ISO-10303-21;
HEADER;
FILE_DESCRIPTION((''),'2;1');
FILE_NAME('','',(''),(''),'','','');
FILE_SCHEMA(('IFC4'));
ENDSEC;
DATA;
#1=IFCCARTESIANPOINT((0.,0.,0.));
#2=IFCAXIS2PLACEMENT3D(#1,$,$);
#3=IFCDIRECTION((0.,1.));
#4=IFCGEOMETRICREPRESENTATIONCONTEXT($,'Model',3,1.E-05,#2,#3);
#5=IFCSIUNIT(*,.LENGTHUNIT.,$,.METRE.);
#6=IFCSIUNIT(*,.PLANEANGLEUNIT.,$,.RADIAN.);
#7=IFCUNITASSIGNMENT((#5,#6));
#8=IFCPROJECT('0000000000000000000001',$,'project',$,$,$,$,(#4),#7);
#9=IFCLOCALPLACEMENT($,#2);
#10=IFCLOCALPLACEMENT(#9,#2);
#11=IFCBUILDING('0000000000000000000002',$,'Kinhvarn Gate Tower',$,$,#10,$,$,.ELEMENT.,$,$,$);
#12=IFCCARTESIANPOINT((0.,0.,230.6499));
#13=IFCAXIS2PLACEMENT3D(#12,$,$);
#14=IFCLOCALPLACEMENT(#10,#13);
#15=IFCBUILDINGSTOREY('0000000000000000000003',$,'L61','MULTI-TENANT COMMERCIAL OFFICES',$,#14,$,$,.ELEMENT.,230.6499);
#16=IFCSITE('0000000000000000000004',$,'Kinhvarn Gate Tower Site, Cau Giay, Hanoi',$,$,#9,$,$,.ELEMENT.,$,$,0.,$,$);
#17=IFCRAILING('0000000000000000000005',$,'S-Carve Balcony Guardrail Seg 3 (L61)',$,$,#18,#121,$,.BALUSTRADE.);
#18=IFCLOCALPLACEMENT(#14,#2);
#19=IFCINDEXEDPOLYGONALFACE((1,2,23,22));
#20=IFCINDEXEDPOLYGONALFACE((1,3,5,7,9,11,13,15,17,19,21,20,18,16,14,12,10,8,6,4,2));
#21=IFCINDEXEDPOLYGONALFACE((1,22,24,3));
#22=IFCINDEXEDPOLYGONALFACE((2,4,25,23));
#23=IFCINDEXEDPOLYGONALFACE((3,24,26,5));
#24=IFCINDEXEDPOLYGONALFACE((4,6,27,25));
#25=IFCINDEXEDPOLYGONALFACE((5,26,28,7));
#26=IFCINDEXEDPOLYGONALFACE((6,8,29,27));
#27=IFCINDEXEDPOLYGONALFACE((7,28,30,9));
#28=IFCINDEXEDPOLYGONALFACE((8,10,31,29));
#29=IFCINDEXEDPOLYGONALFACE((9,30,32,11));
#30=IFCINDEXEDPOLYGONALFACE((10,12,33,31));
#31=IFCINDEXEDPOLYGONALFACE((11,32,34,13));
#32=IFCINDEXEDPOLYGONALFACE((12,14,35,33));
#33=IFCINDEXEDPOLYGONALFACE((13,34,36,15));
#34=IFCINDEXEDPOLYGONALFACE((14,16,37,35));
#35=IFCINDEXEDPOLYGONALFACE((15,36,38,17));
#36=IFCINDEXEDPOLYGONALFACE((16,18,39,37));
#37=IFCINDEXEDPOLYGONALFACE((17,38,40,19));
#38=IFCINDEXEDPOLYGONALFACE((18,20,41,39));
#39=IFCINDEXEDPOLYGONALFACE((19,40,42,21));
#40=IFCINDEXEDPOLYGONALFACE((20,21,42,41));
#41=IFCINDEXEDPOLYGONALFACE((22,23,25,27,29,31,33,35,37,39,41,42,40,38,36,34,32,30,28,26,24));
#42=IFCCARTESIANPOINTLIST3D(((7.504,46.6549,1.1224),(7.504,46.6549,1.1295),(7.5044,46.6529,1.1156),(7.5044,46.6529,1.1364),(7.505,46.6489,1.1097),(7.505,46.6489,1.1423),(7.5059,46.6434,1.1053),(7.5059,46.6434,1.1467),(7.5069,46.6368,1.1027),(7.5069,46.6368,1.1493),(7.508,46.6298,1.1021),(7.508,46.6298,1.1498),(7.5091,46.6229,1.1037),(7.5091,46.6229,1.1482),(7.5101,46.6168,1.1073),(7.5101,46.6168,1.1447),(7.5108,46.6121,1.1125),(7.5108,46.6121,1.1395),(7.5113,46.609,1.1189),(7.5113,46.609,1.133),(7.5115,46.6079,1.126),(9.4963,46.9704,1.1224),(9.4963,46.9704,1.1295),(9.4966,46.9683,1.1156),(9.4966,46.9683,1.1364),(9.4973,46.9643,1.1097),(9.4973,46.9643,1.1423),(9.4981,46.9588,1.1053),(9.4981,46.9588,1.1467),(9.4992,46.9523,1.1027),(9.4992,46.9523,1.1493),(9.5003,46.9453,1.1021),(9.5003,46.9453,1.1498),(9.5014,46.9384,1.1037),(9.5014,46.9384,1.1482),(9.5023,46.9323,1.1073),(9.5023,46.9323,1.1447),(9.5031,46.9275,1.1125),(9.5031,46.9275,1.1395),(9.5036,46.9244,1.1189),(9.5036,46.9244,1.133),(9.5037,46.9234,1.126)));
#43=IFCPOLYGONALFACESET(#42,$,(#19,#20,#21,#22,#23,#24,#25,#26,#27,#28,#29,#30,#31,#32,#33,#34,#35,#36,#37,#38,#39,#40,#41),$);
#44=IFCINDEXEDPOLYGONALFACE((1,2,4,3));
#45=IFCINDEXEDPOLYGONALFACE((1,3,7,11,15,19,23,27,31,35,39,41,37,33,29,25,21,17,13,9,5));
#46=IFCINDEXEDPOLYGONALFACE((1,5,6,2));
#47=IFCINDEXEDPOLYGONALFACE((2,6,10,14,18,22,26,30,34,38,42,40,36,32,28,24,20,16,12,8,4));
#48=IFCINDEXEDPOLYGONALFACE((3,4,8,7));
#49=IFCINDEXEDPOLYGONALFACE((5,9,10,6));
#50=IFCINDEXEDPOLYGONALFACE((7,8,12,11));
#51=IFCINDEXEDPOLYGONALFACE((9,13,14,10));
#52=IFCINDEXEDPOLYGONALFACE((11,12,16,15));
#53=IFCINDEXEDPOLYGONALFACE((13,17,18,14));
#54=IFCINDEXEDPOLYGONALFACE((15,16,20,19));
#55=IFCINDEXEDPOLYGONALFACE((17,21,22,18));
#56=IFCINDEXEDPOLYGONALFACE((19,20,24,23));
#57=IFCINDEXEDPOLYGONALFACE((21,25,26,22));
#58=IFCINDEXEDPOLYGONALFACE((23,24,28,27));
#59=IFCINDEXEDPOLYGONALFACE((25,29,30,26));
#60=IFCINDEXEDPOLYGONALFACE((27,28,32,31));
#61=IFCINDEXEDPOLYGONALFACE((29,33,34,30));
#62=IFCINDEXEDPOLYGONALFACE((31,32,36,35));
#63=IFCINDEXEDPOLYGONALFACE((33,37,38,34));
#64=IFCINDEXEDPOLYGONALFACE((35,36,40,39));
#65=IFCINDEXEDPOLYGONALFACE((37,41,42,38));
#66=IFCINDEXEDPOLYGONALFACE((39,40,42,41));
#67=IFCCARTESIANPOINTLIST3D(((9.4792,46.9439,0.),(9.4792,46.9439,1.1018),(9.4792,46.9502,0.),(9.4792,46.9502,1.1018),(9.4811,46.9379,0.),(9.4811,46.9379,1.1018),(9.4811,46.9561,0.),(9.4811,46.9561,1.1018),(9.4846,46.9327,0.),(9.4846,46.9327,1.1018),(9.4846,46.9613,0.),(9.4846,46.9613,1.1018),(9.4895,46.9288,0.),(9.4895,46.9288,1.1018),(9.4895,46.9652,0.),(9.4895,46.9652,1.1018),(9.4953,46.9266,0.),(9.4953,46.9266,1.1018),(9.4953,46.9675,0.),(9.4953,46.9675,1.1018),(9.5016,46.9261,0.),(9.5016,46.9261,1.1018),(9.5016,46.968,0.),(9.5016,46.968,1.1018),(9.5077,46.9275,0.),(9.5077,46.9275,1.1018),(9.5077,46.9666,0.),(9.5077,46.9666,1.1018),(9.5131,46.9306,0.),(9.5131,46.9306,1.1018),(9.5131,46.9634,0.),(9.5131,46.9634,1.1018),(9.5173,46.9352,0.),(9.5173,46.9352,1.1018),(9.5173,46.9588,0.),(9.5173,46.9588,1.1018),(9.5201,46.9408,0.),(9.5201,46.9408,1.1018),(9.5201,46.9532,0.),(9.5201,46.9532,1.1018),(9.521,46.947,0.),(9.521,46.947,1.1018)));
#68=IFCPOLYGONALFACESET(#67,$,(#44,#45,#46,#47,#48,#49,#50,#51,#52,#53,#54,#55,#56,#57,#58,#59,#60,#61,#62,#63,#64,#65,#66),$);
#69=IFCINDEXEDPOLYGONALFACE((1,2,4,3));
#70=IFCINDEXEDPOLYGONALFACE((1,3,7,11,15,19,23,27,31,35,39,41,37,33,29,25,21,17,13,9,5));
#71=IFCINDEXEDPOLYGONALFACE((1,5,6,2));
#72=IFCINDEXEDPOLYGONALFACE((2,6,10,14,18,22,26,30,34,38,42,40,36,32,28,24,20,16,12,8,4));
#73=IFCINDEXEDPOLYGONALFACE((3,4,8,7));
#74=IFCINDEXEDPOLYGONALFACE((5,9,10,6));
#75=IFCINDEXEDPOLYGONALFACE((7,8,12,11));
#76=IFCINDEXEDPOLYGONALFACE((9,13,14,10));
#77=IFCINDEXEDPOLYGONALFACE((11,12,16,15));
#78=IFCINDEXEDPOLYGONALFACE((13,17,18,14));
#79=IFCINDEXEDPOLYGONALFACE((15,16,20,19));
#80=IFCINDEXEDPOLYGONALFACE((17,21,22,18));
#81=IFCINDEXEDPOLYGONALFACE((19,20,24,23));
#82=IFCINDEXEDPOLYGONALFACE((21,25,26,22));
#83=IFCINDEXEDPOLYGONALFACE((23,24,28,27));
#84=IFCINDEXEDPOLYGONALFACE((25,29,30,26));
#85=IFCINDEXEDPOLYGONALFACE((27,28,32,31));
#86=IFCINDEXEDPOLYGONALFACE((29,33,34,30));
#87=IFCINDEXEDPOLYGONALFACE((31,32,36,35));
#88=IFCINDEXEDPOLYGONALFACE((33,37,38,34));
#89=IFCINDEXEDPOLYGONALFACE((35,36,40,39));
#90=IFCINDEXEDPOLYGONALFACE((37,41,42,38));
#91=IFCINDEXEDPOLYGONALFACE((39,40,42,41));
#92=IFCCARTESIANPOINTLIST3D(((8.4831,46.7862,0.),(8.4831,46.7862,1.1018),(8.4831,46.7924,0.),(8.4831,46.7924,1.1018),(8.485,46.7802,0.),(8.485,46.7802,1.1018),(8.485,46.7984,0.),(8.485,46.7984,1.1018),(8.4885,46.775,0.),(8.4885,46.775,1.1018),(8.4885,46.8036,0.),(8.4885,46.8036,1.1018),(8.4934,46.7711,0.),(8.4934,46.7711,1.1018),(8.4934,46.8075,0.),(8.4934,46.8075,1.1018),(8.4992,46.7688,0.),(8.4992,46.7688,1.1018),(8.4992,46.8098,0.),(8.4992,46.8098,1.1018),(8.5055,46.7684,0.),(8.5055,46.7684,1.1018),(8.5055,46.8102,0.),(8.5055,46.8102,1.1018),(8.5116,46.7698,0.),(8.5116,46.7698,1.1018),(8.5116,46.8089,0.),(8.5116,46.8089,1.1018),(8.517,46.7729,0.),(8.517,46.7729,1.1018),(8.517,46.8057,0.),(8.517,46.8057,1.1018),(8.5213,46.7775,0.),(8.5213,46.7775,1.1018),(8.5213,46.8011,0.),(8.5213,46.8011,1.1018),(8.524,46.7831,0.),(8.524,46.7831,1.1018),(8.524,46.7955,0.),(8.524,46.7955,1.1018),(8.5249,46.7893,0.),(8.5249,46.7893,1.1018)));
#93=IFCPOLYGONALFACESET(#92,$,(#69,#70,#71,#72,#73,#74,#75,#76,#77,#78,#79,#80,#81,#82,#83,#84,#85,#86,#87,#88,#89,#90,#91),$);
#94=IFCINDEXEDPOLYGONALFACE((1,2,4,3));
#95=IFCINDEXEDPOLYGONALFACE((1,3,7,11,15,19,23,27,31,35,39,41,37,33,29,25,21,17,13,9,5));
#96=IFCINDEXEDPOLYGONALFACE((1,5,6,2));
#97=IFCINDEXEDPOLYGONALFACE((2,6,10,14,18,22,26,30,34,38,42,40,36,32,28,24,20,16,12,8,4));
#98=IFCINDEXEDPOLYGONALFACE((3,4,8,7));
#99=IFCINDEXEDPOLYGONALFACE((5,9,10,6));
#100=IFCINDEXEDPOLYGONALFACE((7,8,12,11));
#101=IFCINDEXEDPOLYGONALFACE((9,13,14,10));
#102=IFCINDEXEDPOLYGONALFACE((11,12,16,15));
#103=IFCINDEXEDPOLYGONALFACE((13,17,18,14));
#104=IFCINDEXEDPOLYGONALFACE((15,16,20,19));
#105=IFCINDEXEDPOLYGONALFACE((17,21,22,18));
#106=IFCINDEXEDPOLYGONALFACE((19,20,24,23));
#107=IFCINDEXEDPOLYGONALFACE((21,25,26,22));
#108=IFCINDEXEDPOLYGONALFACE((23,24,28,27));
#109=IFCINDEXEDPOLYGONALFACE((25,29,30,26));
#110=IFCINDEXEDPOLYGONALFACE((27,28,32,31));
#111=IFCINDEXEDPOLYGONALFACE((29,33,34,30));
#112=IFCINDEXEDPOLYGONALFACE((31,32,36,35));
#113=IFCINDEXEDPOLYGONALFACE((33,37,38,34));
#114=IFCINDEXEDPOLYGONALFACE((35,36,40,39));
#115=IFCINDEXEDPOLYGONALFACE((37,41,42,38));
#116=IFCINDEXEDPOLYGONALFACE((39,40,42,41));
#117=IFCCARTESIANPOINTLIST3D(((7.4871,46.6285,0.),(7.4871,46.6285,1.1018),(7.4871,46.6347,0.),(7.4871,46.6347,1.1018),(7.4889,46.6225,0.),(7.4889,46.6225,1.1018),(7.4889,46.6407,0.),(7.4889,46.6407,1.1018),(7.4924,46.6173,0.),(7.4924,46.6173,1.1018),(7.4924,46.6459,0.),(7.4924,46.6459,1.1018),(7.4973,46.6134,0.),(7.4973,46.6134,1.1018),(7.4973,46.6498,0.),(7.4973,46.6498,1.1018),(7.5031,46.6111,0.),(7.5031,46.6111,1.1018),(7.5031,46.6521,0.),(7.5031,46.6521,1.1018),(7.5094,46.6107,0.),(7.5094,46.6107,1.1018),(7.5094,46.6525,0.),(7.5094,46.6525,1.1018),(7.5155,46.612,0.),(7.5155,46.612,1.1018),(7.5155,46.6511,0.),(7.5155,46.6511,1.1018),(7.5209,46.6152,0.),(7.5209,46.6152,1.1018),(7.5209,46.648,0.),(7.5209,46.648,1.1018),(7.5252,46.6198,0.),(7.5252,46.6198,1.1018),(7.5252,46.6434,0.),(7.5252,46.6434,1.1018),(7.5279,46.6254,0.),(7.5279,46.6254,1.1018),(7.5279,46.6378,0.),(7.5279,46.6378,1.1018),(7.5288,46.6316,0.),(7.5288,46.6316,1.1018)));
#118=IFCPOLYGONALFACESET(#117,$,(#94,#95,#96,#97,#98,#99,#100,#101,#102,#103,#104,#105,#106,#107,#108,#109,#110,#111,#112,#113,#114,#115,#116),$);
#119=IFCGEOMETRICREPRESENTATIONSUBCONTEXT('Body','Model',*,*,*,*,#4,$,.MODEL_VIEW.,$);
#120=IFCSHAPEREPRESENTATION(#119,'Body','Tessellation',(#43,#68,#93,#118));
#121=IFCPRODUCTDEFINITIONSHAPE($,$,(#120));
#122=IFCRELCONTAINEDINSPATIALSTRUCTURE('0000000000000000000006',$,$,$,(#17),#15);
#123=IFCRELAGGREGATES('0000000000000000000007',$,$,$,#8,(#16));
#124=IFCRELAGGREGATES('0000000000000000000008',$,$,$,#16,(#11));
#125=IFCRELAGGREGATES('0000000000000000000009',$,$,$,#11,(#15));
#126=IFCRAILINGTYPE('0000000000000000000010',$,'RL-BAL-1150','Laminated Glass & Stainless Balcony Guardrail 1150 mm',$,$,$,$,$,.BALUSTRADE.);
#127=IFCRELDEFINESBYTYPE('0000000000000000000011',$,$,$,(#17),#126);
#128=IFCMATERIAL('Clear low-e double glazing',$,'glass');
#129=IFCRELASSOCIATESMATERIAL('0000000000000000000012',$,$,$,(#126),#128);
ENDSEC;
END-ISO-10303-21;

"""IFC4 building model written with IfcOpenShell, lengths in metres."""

from ifc_helpers import new_model, si_unit, direction, frame, origin, origin_2d, place, context, subcontext, project, spatial, circle, extrude, material, type_object, element, save


model = new_model("IFC4")

# Units and contexts
model_context = context("Model", 3, precision=1e-05, world=origin(), true_north=direction((0.0, 1.0)))
body_context = subcontext(model_context, "Body", "Model", "MODEL_VIEW")
ifc_project = project(units=[si_unit("LENGTHUNIT", "METRE"), si_unit("PLANEANGLEUNIT", "RADIAN")], contexts=[model_context])

# Site, building, storey
site_placement = place(None, origin())
site = spatial("IfcSite", under=ifc_project, at=site_placement, Name="Kinhvarn Gate Tower Site, Cau Giay, Hanoi", CompositionType="ELEMENT", RefElevation=0.0)
building_placement = place(site_placement, origin())
building = spatial("IfcBuilding", under=site, at=building_placement, Name="Kinhvarn Gate Tower", CompositionType="ELEMENT")
storey_placement = place(building_placement, frame((0.0, 0.0, 230.6499)))
storey = spatial("IfcBuildingStorey", under=building, at=storey_placement, Name="L61", Description="MULTI-TENANT COMMERCIAL OFFICES", CompositionType="ELEMENT", Elevation=230.6499)

# Shared definitions
ifc_material_1 = material(Name="Clear low-e double glazing", Category="glass")

# Railing
railing_type = type_object("IfcRailingType", Name="RL-BAL-1150", Description="Laminated Glass & Stainless Balcony Guardrail 1150 mm", PredefinedType="BALUSTRADE", material=ifc_material_1)
railing_1_placement = place(storey_placement, frame((9.5, 46.947, 0.0)))
element("IfcRailing", 1, at=railing_1_placement, inside=storey, type_object=railing_type, Name="S-Carve Balcony Guardrail Seg 3 (L61)", PredefinedType="BALUSTRADE", context=body_context, shape_type="SweptSolid", body=[
    extrude(circle(Radius=0.0239, at=origin_2d()), frame((0.0, 0.0, 1.126), z_axis=(-0.987696, -0.156385, 0.0), x_axis=(0.156385, -0.987696, 0.0)), (0.0, 0.0, 1.0), 2.0171),
    extrude(circle(Radius=0.021, at=origin_2d()), origin(), (0.0, 0.0, 1.0), 1.1018),
    extrude(circle(Radius=0.021, at=origin_2d()), frame((-0.9961, -0.1577, 0.0)), (0.0, 0.0, 1.0), 1.1018),
    extrude(circle(Radius=0.021, at=origin_2d()), frame((-1.9922, -0.3154, 0.0)), (0.0, 0.0, 1.0), 1.1018),
])

save(model, "model.ifc")
